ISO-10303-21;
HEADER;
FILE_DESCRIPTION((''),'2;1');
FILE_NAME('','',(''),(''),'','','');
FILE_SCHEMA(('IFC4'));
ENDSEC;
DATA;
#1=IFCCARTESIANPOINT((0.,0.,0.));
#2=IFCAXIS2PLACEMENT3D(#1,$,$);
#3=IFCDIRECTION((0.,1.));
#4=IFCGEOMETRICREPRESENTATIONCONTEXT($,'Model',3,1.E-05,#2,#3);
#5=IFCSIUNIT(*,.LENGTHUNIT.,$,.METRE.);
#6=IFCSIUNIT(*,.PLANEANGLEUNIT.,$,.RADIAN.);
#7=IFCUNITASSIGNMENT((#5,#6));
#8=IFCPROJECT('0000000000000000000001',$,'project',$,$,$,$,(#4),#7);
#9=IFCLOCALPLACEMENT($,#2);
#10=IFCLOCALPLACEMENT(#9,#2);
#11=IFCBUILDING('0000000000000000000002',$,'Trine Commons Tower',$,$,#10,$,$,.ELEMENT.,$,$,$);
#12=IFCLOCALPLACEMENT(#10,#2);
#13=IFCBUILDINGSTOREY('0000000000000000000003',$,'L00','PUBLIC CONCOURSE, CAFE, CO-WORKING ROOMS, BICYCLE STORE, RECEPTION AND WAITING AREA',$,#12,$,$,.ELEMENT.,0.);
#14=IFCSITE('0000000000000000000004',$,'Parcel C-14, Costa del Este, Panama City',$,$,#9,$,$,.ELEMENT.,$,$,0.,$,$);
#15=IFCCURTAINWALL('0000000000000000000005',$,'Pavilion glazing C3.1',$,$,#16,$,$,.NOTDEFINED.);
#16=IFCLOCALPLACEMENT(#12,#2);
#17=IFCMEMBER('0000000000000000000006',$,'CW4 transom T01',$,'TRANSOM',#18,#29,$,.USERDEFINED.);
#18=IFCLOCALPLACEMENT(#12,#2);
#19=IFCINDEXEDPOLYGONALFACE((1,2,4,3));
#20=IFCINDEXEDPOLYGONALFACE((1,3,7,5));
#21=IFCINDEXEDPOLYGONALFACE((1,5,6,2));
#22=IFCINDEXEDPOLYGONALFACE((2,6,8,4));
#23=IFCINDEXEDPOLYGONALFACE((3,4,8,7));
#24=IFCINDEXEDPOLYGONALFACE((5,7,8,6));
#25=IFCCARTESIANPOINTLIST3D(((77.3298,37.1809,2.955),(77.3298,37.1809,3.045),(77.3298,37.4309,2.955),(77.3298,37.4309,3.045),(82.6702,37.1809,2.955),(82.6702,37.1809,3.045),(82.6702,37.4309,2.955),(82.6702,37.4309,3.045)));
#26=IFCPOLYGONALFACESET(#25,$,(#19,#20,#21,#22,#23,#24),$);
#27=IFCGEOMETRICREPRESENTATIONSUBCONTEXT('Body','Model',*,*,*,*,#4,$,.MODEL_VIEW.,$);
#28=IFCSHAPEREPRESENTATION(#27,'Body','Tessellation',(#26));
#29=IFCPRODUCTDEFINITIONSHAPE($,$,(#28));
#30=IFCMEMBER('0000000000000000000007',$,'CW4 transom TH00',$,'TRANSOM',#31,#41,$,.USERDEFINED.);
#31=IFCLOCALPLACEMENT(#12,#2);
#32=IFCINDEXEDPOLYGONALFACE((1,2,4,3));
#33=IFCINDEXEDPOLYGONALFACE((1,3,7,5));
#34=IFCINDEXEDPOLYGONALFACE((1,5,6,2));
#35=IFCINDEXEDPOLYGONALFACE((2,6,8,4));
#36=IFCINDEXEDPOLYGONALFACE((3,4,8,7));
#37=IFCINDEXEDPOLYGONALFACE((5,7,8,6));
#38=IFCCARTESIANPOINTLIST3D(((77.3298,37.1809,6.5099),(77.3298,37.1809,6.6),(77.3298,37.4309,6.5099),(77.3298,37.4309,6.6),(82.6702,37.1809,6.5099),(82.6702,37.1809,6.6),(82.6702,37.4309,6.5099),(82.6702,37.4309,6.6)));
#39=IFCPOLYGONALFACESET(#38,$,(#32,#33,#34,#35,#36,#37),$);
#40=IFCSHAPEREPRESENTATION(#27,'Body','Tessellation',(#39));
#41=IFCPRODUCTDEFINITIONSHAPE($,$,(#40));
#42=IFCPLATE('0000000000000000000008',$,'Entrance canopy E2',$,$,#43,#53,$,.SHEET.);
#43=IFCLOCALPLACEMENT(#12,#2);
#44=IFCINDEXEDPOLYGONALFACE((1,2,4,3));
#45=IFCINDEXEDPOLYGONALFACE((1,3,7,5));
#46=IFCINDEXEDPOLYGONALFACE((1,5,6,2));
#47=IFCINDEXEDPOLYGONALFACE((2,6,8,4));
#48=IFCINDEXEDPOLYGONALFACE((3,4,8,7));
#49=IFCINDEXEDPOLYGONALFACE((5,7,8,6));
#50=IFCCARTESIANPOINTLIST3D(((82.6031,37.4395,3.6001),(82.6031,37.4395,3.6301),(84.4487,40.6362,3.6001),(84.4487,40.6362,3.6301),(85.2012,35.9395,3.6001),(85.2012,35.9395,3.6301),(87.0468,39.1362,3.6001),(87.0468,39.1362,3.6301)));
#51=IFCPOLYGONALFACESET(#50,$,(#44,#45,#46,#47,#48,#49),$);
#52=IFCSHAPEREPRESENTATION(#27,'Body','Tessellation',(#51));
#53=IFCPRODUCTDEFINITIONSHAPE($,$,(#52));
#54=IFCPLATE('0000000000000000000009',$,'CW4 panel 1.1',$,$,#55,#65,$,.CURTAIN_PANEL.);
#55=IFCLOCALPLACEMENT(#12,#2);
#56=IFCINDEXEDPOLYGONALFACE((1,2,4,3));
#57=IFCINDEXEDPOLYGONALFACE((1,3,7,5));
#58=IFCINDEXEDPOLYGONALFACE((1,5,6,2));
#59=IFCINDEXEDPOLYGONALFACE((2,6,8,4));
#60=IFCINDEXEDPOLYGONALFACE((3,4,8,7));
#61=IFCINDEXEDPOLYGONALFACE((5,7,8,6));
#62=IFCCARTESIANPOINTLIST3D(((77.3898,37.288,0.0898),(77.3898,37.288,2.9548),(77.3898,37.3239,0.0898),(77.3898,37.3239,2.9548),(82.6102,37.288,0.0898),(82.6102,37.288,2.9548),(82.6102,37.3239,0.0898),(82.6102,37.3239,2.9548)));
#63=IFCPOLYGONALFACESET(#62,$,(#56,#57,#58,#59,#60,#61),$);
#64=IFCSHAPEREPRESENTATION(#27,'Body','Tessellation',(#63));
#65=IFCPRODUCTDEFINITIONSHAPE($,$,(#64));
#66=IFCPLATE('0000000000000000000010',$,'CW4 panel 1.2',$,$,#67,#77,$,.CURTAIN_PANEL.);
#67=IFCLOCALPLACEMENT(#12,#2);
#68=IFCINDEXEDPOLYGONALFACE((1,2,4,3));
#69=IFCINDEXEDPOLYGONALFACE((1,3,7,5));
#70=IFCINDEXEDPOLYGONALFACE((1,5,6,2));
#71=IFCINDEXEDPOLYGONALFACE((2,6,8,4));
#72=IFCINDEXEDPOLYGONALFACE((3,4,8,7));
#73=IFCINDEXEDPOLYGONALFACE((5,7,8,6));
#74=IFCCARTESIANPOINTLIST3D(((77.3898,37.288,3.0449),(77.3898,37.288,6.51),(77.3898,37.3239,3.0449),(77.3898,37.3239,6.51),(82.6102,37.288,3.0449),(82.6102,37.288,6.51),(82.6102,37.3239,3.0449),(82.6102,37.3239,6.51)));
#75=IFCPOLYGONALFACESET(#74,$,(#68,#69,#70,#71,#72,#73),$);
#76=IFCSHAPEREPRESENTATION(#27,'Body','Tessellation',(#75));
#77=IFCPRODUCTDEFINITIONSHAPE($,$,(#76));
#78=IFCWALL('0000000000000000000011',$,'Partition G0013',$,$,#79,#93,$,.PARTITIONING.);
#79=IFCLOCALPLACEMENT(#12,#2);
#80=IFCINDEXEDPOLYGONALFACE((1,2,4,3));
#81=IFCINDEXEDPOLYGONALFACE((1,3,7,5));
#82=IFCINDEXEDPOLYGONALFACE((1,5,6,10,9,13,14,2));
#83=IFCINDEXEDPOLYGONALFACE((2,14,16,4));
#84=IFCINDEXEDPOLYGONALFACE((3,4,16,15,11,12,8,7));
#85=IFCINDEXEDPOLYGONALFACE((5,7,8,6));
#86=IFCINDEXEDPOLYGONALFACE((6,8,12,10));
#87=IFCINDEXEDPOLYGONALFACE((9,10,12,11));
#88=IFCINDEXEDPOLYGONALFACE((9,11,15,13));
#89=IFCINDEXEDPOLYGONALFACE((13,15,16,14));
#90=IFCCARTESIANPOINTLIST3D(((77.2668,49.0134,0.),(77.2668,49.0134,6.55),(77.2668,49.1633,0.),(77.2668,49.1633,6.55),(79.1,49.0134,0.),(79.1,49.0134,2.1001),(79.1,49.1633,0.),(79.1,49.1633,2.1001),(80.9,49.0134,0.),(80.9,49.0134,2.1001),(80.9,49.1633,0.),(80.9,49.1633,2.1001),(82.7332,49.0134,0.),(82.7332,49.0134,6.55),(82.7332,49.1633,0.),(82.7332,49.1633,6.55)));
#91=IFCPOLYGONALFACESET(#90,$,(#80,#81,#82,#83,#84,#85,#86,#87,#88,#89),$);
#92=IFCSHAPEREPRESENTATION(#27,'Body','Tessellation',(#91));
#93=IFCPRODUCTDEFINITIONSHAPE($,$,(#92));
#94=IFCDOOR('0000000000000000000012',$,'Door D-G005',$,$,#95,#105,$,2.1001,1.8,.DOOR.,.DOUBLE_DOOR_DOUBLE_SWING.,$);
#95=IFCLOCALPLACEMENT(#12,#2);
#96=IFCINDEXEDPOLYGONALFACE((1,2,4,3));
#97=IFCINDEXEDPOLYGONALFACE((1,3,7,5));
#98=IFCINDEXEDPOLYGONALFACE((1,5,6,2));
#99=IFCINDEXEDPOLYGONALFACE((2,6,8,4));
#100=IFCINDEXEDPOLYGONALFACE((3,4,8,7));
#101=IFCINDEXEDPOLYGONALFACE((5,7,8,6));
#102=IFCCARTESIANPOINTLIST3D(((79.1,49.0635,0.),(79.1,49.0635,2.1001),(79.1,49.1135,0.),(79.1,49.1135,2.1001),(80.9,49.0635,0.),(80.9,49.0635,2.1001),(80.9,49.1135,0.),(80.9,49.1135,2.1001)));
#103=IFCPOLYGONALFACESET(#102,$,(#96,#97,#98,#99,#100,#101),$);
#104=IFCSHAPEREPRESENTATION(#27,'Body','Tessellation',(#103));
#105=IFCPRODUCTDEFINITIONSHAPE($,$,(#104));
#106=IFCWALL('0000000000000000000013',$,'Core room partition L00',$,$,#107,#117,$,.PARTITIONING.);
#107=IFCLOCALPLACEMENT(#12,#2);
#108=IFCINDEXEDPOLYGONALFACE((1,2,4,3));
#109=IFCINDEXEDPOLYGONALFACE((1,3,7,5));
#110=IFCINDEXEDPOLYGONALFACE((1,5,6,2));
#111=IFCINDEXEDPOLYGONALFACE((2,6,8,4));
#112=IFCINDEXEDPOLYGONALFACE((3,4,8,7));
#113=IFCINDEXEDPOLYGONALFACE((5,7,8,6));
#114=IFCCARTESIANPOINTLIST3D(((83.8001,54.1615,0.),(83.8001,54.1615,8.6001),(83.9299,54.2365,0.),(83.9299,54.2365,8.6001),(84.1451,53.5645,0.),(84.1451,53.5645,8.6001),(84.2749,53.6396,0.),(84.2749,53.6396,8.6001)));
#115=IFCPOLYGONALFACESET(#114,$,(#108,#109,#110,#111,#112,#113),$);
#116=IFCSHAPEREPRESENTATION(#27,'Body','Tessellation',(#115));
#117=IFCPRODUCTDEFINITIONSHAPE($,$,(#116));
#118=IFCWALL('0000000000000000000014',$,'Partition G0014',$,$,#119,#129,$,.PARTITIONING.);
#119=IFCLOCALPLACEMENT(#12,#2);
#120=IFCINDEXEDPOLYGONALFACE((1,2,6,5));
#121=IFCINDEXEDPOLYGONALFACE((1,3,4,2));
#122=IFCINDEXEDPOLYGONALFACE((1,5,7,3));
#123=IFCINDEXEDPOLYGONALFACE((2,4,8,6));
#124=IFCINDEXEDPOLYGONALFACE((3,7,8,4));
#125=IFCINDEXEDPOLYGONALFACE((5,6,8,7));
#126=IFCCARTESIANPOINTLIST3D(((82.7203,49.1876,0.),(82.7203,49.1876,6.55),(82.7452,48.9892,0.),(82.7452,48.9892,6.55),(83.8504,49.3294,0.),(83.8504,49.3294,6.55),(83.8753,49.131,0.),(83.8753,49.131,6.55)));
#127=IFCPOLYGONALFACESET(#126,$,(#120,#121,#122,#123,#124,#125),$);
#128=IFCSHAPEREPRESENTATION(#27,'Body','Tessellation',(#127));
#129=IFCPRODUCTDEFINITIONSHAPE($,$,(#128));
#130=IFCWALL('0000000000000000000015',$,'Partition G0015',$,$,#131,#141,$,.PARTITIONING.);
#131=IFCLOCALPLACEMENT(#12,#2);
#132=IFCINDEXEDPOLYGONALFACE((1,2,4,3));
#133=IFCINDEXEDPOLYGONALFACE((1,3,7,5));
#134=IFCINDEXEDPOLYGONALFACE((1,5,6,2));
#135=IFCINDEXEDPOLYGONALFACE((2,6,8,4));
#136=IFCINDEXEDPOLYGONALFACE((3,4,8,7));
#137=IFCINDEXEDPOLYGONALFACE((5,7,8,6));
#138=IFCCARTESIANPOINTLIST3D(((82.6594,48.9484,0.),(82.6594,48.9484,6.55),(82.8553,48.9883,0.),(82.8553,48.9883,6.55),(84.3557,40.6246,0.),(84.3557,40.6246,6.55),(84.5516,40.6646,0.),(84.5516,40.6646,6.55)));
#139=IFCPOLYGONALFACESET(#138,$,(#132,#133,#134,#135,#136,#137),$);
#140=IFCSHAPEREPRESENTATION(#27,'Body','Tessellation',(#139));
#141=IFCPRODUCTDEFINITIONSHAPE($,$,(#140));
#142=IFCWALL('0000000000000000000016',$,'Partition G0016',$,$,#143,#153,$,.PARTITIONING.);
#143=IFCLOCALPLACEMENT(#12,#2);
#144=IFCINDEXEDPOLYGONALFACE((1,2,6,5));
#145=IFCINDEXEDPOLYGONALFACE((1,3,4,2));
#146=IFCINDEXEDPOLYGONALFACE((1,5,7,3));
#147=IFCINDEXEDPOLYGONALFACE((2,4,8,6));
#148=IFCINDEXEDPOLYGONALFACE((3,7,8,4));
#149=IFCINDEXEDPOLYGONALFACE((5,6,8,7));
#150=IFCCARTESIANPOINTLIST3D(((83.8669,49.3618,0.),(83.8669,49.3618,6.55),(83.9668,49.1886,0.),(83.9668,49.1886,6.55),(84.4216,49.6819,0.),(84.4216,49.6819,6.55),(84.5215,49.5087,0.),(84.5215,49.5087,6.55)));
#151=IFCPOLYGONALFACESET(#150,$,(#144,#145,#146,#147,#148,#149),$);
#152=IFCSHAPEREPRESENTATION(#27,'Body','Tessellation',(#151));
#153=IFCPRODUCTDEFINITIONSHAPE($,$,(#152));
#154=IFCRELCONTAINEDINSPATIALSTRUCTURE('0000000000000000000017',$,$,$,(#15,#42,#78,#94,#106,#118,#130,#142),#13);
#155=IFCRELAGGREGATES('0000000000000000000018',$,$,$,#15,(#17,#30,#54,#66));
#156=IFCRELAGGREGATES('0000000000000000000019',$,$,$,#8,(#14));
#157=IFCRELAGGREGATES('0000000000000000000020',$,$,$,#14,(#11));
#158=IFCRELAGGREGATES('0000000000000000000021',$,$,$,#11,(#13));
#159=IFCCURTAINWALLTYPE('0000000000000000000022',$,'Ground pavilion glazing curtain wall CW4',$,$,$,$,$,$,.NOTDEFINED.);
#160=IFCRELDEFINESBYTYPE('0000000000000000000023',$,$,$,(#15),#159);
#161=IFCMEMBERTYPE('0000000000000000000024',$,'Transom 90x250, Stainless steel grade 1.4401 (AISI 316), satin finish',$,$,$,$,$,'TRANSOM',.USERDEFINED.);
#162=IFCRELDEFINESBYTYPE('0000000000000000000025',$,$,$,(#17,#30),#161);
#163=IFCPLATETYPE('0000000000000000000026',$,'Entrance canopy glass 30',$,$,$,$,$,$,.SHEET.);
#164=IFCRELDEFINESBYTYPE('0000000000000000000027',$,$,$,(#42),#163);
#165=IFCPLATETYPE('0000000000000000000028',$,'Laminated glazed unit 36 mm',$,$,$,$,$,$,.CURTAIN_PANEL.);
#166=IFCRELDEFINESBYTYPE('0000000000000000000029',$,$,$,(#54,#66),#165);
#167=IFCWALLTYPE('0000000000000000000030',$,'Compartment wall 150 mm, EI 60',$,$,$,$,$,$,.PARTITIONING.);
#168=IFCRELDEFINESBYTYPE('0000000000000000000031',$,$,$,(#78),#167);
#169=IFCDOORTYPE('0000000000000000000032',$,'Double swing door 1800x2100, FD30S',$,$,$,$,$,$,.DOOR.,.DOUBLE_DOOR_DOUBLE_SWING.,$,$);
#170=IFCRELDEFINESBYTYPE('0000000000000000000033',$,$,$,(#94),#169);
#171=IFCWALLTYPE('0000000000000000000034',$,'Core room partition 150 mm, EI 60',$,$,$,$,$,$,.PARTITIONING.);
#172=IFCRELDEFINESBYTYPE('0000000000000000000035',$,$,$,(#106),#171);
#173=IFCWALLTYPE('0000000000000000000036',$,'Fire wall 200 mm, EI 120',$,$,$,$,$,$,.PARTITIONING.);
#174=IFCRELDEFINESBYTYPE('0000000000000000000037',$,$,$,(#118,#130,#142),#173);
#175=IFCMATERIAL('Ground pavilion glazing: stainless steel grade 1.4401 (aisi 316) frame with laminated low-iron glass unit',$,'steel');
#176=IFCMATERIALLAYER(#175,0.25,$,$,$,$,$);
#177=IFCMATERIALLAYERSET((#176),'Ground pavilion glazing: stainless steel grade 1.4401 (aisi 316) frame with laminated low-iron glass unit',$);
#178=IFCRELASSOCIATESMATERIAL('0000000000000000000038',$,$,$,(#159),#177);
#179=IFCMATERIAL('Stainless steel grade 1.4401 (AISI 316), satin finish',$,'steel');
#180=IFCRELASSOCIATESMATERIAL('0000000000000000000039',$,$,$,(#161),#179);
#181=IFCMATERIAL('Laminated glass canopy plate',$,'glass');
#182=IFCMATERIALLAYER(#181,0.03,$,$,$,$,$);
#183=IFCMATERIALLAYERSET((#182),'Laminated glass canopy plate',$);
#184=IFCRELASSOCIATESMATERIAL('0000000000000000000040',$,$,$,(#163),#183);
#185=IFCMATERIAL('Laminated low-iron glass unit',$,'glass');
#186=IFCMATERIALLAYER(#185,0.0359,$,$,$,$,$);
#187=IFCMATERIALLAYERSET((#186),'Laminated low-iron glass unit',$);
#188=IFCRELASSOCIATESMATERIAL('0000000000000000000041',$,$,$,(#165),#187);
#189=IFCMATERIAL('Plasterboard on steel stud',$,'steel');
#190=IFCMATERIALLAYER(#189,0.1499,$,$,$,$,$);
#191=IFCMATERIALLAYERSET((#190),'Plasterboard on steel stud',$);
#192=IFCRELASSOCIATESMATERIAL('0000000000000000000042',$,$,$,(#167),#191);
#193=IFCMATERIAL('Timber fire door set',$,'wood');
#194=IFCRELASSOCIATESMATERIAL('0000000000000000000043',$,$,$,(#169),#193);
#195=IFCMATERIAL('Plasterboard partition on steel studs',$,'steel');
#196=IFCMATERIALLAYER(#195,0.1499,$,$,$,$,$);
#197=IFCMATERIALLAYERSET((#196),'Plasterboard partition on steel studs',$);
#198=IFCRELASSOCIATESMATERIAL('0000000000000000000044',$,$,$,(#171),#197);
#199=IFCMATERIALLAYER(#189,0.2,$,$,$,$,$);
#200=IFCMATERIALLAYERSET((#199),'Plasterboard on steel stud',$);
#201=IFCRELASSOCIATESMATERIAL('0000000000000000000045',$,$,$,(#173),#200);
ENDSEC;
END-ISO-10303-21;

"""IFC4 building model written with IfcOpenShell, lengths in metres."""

from ifc_helpers import new_model, si_unit, direction, frame, frame_2d, origin, origin_2d, place, context, subcontext, project, spatial, rectangle, extrude, material, layer, layer_set, material_profile, profile_set, type_object, element, fill, aggregate, save


model = new_model("IFC4")

# Units and contexts
model_context = context("Model", 3, precision=1e-05, world=origin(), true_north=direction((0.0, 1.0)))
body_context = subcontext(model_context, "Body", "Model", "MODEL_VIEW")
ifc_project = project(units=[si_unit("LENGTHUNIT", "METRE"), si_unit("PLANEANGLEUNIT", "RADIAN")], contexts=[model_context])

# Site, building, storey
site_placement = place(None, origin())
site = spatial("IfcSite", under=ifc_project, at=site_placement, Name="Parcel C-14, Costa del Este, Panama City", CompositionType="ELEMENT", RefElevation=0.0)
building_placement = place(site_placement, origin())
building = spatial("IfcBuilding", under=site, at=building_placement, Name="Trine Commons Tower", CompositionType="ELEMENT")
storey_placement = place(building_placement, origin())
storey = spatial("IfcBuildingStorey", under=building, at=storey_placement, Name="L00", Description="PUBLIC CONCOURSE, CAFE, CO-WORKING ROOMS, BICYCLE STORE, RECEPTION AND WAITING AREA", CompositionType="ELEMENT", Elevation=0.0)

# Curtain wall, members
ifc_material_1 = material(Name="Ground pavilion glazing: stainless steel grade 1.4401 (aisi 316) frame with laminated low-iron glass unit", Category="steel")
ifc_layer_1 = layer(ifc_material_1, 0.25)
ifc_layer_set_1 = layer_set([ifc_layer_1], Name="Ground pavilion glazing: stainless steel grade 1.4401 (aisi 316) frame with laminated low-iron glass unit")
curtain_wall_type = type_object("IfcCurtainWallType", Name="Ground pavilion glazing curtain wall CW4", PredefinedType="NOTDEFINED", material=ifc_layer_set_1)
ifc_material_2 = material(Name="Stainless steel grade 1.4401 (AISI 316), satin finish", Category="steel")
curtain_wall_1_placement = place(storey_placement, origin())
curtain_wall_1 = element("IfcCurtainWall", 1, at=curtain_wall_1_placement, inside=storey, type_object=curtain_wall_type, Name="Pavilion glazing C3.1", PredefinedType="NOTDEFINED")
ifc_material_profile_1 = material_profile(ifc_material_2, rectangle(XDim=0.25, YDim=0.0901, at=origin_2d()), Name="Transom 90x250")
ifc_profile_set_1 = profile_set([ifc_material_profile_1], Name="Stainless steel grade 1.4401 (AISI 316), satin finish")
member_type_1 = type_object("IfcMemberType", Name="Transom 90x250, Stainless steel grade 1.4401 (AISI 316), satin finish", ElementType="TRANSOM", PredefinedType="USERDEFINED", material=ifc_profile_set_1)
member_1_placement = place(storey_placement, frame((82.6702, 37.3059, 3.0), z_axis=(-1.0, 0.0, 0.0), x_axis=(0.0, -1.0, 0.0)))
member_1 = element("IfcMember", 2, at=member_1_placement, type_object=member_type_1, Name="CW4 transom T01", ObjectType="TRANSOM", PredefinedType="USERDEFINED", context=body_context, shape_type="SweptSolid", body=[
    extrude(rectangle(XDim=0.25, YDim=0.0901, at=origin_2d()), origin(), (0.0, 0.0, 1.0), 5.3403),
])
member_2_placement = place(storey_placement, frame((82.6702, 37.3059, 6.5549), z_axis=(-1.0, 0.0, 0.0), x_axis=(0.0, -1.0, 0.0)))
member_2 = element("IfcMember", 3, at=member_2_placement, type_object=member_type_1, Name="CW4 transom TH00", ObjectType="TRANSOM", PredefinedType="USERDEFINED", context=body_context, shape_type="SweptSolid", body=[
    extrude(rectangle(XDim=0.25, YDim=0.0901, at=origin_2d()), origin(), (0.0, 0.0, 1.0), 5.3403),
])

# Plates
ifc_material_3 = material(Name="Laminated glass canopy plate", Category="glass")
ifc_layer_2 = layer(ifc_material_3, 0.03)
ifc_layer_set_2 = layer_set([ifc_layer_2], Name="Laminated glass canopy plate")
plate_type_1 = type_object("IfcPlateType", Name="Entrance canopy glass 30", PredefinedType="SHEET", material=ifc_layer_set_2)
plate_1_placement = place(storey_placement, frame((84.825, 38.2878, 3.6001), z_axis=(0.0, 0.0, 1.0), x_axis=(-0.5, -0.866025, 0.0)))
element("IfcPlate", 4, at=plate_1_placement, inside=storey, type_object=plate_type_1, Name="Entrance canopy E2", PredefinedType="SHEET", context=body_context, shape_type="SweptSolid", body=[
    extrude(rectangle(XDim=3.6912, YDim=3.0, at=origin_2d()), origin(), (0.0, 0.0, 1.0), 0.03),
])
ifc_material_4 = material(Name="Laminated low-iron glass unit", Category="glass")
ifc_layer_3 = layer(ifc_material_4, 0.0359)
ifc_layer_set_3 = layer_set([ifc_layer_3], Name="Laminated low-iron glass unit")
plate_type_2 = type_object("IfcPlateType", Name="Laminated glazed unit 36 mm", PredefinedType="CURTAIN_PANEL", material=ifc_layer_set_3)
plate_2_placement = place(storey_placement, frame((80.0, 37.3059, 0.0898), z_axis=(0.0, 0.0, 1.0), x_axis=(-1.0, 0.0, 0.0)))
plate_2 = element("IfcPlate", 5, at=plate_2_placement, type_object=plate_type_2, Name="CW4 panel 1.1", PredefinedType="CURTAIN_PANEL", context=body_context, shape_type="SweptSolid", body=[
    extrude(rectangle(XDim=5.2205, YDim=0.0359, at=origin_2d()), origin(), (0.0, 0.0, 1.0), 2.865),
])
plate_3_placement = place(storey_placement, frame((80.0, 37.3059, 3.0449), z_axis=(0.0, 0.0, 1.0), x_axis=(-1.0, 0.0, 0.0)))
plate_3 = element("IfcPlate", 6, at=plate_3_placement, type_object=plate_type_2, Name="CW4 panel 1.2", PredefinedType="CURTAIN_PANEL", context=body_context, shape_type="SweptSolid", body=[
    extrude(rectangle(XDim=5.2205, YDim=0.0359, at=origin_2d()), origin(), (0.0, 0.0, 1.0), 3.4651),
])
aggregate(curtain_wall_1, [member_1, member_2, plate_2, plate_3])

# Wall, opening, door
ifc_material_5 = material(Name="Plasterboard on steel stud", Category="steel")
ifc_layer_4 = layer(ifc_material_5, 0.1499)
ifc_layer_set_4 = layer_set([ifc_layer_4], Name="Plasterboard on steel stud")
wall_type_1 = type_object("IfcWallType", Name="Compartment wall 150 mm, EI 60", PredefinedType="PARTITIONING", material=ifc_layer_set_4)
wall_1_placement = place(storey_placement, frame((82.7332, 49.0884, 0.0), z_axis=(0.0, 0.0, 1.0), x_axis=(-1.0, 0.0, 0.0)))
wall_1 = element("IfcWall", 7, at=wall_1_placement, inside=storey, type_object=wall_type_1, Name="Partition G0013", PredefinedType="PARTITIONING", context=body_context, shape_type="SweptSolid", body=[
    extrude(rectangle(XDim=5.4663, YDim=0.1499, at=frame_2d((2.7332, 0.0))), origin(), (0.0, 0.0, 1.0), 6.55),
])
opening_1_placement = place(wall_1_placement, frame((1.8333, 0.0, 0.0)))
opening_1 = element("IfcOpeningElement", 8, at=opening_1_placement, cuts=wall_1, PredefinedType="OPENING", context=body_context, shape_type="SweptSolid", body=[
    extrude(rectangle(XDim=1.8, YDim=2.1001, at=frame_2d((0.8999, 1.05))), frame((0.0, 0.085, 0.0), z_axis=(0.0, -1.0, 0.0), x_axis=(1.0, 0.0, 0.0)), (0.0, 0.0, 1.0), 0.1699),
])
ifc_material_6 = material(Name="Timber fire door set", Category="wood")
door_type_1 = type_object("IfcDoorType", Name="Double swing door 1800x2100, FD30S", OperationType="DOUBLE_DOOR_DOUBLE_SWING", PredefinedType="DOOR", material=ifc_material_6)
door_1_placement = place(opening_1_placement, origin())
door_1 = element("IfcDoor", 9, at=door_1_placement, inside=storey, type_object=door_type_1, Name="Door D-G005", OperationType="DOUBLE_DOOR_DOUBLE_SWING", OverallHeight=2.1001, OverallWidth=1.8, PredefinedType="DOOR", context=body_context, shape_type="SweptSolid", body=[
    extrude(rectangle(XDim=1.8, YDim=2.1001, at=frame_2d((0.8999, 1.05))), frame((0.0, 0.0249, 0.0), z_axis=(0.0, -1.0, 0.0), x_axis=(1.0, 0.0, 0.0)), (0.0, 0.0, 1.0), 0.05),
])
fill(opening_1, door_1)

# Wall
ifc_material_7 = material(Name="Plasterboard partition on steel studs", Category="steel")
ifc_layer_5 = layer(ifc_material_7, 0.1499)
ifc_layer_set_5 = layer_set([ifc_layer_5], Name="Plasterboard partition on steel studs")
wall_type_2 = type_object("IfcWallType", Name="Core room partition 150 mm, EI 60", PredefinedType="PARTITIONING", material=ifc_layer_set_5)
wall_2_placement = place(storey_placement, frame((84.21, 53.6021, 0.0), z_axis=(0.0, 0.0, 1.0), x_axis=(-0.500366, 0.865814, 0.0)))
element("IfcWall", 10, at=wall_2_placement, inside=storey, type_object=wall_type_2, Name="Core room partition L00", PredefinedType="PARTITIONING", context=body_context, shape_type="SweptSolid", body=[
    extrude(rectangle(XDim=0.6895, YDim=0.1499, at=frame_2d((0.3447, 0.0))), origin(), (0.0, 0.0, 1.0), 8.6001),
])

# Walls
ifc_layer_6 = layer(ifc_material_5, 0.2)
ifc_layer_set_6 = layer_set([ifc_layer_6], Name="Plasterboard on steel stud")
wall_type_3 = type_object("IfcWallType", Name="Fire wall 200 mm, EI 120", PredefinedType="PARTITIONING", material=ifc_layer_set_6)
wall_3_placement = place(storey_placement, frame((82.7329, 49.0884, 0.0), z_axis=(0.0, 0.0, 1.0), x_axis=(0.992215, 0.124536, 0.0)))
element("IfcWall", 11, at=wall_3_placement, inside=storey, type_object=wall_type_3, Name="Partition G0014", PredefinedType="PARTITIONING", context=body_context, shape_type="SweptSolid", body=[
    extrude(rectangle(XDim=1.1389, YDim=0.2, at=frame_2d((0.5693, 0.0))), origin(), (0.0, 0.0, 1.0), 6.55),
])
wall_4_placement = place(storey_placement, frame((82.7573, 48.9685, 0.0), z_axis=(0.0, 0.0, 1.0), x_axis=(0.199685, -0.97986, 0.0)))
element("IfcWall", 12, at=wall_4_placement, inside=storey, type_object=wall_type_3, Name="Partition G0015", PredefinedType="PARTITIONING", context=body_context, shape_type="SweptSolid", body=[
    extrude(rectangle(XDim=8.4949, YDim=0.2, at=frame_2d((4.2476, 0.0))), origin(), (0.0, 0.0, 1.0), 6.55),
])
wall_5_placement = place(storey_placement, frame((83.9167, 49.2751, 0.0), z_axis=(0.0, 0.0, 1.0), x_axis=(0.866148, 0.499788, 0.0)))
element("IfcWall", 13, at=wall_5_placement, inside=storey, type_object=wall_type_3, Name="Partition G0016", PredefinedType="PARTITIONING", context=body_context, shape_type="SweptSolid", body=[
    extrude(rectangle(XDim=0.6404, YDim=0.2, at=frame_2d((0.3203, 0.0))), origin(), (0.0, 0.0, 1.0), 6.55),
])

save(model, "model.ifc")
